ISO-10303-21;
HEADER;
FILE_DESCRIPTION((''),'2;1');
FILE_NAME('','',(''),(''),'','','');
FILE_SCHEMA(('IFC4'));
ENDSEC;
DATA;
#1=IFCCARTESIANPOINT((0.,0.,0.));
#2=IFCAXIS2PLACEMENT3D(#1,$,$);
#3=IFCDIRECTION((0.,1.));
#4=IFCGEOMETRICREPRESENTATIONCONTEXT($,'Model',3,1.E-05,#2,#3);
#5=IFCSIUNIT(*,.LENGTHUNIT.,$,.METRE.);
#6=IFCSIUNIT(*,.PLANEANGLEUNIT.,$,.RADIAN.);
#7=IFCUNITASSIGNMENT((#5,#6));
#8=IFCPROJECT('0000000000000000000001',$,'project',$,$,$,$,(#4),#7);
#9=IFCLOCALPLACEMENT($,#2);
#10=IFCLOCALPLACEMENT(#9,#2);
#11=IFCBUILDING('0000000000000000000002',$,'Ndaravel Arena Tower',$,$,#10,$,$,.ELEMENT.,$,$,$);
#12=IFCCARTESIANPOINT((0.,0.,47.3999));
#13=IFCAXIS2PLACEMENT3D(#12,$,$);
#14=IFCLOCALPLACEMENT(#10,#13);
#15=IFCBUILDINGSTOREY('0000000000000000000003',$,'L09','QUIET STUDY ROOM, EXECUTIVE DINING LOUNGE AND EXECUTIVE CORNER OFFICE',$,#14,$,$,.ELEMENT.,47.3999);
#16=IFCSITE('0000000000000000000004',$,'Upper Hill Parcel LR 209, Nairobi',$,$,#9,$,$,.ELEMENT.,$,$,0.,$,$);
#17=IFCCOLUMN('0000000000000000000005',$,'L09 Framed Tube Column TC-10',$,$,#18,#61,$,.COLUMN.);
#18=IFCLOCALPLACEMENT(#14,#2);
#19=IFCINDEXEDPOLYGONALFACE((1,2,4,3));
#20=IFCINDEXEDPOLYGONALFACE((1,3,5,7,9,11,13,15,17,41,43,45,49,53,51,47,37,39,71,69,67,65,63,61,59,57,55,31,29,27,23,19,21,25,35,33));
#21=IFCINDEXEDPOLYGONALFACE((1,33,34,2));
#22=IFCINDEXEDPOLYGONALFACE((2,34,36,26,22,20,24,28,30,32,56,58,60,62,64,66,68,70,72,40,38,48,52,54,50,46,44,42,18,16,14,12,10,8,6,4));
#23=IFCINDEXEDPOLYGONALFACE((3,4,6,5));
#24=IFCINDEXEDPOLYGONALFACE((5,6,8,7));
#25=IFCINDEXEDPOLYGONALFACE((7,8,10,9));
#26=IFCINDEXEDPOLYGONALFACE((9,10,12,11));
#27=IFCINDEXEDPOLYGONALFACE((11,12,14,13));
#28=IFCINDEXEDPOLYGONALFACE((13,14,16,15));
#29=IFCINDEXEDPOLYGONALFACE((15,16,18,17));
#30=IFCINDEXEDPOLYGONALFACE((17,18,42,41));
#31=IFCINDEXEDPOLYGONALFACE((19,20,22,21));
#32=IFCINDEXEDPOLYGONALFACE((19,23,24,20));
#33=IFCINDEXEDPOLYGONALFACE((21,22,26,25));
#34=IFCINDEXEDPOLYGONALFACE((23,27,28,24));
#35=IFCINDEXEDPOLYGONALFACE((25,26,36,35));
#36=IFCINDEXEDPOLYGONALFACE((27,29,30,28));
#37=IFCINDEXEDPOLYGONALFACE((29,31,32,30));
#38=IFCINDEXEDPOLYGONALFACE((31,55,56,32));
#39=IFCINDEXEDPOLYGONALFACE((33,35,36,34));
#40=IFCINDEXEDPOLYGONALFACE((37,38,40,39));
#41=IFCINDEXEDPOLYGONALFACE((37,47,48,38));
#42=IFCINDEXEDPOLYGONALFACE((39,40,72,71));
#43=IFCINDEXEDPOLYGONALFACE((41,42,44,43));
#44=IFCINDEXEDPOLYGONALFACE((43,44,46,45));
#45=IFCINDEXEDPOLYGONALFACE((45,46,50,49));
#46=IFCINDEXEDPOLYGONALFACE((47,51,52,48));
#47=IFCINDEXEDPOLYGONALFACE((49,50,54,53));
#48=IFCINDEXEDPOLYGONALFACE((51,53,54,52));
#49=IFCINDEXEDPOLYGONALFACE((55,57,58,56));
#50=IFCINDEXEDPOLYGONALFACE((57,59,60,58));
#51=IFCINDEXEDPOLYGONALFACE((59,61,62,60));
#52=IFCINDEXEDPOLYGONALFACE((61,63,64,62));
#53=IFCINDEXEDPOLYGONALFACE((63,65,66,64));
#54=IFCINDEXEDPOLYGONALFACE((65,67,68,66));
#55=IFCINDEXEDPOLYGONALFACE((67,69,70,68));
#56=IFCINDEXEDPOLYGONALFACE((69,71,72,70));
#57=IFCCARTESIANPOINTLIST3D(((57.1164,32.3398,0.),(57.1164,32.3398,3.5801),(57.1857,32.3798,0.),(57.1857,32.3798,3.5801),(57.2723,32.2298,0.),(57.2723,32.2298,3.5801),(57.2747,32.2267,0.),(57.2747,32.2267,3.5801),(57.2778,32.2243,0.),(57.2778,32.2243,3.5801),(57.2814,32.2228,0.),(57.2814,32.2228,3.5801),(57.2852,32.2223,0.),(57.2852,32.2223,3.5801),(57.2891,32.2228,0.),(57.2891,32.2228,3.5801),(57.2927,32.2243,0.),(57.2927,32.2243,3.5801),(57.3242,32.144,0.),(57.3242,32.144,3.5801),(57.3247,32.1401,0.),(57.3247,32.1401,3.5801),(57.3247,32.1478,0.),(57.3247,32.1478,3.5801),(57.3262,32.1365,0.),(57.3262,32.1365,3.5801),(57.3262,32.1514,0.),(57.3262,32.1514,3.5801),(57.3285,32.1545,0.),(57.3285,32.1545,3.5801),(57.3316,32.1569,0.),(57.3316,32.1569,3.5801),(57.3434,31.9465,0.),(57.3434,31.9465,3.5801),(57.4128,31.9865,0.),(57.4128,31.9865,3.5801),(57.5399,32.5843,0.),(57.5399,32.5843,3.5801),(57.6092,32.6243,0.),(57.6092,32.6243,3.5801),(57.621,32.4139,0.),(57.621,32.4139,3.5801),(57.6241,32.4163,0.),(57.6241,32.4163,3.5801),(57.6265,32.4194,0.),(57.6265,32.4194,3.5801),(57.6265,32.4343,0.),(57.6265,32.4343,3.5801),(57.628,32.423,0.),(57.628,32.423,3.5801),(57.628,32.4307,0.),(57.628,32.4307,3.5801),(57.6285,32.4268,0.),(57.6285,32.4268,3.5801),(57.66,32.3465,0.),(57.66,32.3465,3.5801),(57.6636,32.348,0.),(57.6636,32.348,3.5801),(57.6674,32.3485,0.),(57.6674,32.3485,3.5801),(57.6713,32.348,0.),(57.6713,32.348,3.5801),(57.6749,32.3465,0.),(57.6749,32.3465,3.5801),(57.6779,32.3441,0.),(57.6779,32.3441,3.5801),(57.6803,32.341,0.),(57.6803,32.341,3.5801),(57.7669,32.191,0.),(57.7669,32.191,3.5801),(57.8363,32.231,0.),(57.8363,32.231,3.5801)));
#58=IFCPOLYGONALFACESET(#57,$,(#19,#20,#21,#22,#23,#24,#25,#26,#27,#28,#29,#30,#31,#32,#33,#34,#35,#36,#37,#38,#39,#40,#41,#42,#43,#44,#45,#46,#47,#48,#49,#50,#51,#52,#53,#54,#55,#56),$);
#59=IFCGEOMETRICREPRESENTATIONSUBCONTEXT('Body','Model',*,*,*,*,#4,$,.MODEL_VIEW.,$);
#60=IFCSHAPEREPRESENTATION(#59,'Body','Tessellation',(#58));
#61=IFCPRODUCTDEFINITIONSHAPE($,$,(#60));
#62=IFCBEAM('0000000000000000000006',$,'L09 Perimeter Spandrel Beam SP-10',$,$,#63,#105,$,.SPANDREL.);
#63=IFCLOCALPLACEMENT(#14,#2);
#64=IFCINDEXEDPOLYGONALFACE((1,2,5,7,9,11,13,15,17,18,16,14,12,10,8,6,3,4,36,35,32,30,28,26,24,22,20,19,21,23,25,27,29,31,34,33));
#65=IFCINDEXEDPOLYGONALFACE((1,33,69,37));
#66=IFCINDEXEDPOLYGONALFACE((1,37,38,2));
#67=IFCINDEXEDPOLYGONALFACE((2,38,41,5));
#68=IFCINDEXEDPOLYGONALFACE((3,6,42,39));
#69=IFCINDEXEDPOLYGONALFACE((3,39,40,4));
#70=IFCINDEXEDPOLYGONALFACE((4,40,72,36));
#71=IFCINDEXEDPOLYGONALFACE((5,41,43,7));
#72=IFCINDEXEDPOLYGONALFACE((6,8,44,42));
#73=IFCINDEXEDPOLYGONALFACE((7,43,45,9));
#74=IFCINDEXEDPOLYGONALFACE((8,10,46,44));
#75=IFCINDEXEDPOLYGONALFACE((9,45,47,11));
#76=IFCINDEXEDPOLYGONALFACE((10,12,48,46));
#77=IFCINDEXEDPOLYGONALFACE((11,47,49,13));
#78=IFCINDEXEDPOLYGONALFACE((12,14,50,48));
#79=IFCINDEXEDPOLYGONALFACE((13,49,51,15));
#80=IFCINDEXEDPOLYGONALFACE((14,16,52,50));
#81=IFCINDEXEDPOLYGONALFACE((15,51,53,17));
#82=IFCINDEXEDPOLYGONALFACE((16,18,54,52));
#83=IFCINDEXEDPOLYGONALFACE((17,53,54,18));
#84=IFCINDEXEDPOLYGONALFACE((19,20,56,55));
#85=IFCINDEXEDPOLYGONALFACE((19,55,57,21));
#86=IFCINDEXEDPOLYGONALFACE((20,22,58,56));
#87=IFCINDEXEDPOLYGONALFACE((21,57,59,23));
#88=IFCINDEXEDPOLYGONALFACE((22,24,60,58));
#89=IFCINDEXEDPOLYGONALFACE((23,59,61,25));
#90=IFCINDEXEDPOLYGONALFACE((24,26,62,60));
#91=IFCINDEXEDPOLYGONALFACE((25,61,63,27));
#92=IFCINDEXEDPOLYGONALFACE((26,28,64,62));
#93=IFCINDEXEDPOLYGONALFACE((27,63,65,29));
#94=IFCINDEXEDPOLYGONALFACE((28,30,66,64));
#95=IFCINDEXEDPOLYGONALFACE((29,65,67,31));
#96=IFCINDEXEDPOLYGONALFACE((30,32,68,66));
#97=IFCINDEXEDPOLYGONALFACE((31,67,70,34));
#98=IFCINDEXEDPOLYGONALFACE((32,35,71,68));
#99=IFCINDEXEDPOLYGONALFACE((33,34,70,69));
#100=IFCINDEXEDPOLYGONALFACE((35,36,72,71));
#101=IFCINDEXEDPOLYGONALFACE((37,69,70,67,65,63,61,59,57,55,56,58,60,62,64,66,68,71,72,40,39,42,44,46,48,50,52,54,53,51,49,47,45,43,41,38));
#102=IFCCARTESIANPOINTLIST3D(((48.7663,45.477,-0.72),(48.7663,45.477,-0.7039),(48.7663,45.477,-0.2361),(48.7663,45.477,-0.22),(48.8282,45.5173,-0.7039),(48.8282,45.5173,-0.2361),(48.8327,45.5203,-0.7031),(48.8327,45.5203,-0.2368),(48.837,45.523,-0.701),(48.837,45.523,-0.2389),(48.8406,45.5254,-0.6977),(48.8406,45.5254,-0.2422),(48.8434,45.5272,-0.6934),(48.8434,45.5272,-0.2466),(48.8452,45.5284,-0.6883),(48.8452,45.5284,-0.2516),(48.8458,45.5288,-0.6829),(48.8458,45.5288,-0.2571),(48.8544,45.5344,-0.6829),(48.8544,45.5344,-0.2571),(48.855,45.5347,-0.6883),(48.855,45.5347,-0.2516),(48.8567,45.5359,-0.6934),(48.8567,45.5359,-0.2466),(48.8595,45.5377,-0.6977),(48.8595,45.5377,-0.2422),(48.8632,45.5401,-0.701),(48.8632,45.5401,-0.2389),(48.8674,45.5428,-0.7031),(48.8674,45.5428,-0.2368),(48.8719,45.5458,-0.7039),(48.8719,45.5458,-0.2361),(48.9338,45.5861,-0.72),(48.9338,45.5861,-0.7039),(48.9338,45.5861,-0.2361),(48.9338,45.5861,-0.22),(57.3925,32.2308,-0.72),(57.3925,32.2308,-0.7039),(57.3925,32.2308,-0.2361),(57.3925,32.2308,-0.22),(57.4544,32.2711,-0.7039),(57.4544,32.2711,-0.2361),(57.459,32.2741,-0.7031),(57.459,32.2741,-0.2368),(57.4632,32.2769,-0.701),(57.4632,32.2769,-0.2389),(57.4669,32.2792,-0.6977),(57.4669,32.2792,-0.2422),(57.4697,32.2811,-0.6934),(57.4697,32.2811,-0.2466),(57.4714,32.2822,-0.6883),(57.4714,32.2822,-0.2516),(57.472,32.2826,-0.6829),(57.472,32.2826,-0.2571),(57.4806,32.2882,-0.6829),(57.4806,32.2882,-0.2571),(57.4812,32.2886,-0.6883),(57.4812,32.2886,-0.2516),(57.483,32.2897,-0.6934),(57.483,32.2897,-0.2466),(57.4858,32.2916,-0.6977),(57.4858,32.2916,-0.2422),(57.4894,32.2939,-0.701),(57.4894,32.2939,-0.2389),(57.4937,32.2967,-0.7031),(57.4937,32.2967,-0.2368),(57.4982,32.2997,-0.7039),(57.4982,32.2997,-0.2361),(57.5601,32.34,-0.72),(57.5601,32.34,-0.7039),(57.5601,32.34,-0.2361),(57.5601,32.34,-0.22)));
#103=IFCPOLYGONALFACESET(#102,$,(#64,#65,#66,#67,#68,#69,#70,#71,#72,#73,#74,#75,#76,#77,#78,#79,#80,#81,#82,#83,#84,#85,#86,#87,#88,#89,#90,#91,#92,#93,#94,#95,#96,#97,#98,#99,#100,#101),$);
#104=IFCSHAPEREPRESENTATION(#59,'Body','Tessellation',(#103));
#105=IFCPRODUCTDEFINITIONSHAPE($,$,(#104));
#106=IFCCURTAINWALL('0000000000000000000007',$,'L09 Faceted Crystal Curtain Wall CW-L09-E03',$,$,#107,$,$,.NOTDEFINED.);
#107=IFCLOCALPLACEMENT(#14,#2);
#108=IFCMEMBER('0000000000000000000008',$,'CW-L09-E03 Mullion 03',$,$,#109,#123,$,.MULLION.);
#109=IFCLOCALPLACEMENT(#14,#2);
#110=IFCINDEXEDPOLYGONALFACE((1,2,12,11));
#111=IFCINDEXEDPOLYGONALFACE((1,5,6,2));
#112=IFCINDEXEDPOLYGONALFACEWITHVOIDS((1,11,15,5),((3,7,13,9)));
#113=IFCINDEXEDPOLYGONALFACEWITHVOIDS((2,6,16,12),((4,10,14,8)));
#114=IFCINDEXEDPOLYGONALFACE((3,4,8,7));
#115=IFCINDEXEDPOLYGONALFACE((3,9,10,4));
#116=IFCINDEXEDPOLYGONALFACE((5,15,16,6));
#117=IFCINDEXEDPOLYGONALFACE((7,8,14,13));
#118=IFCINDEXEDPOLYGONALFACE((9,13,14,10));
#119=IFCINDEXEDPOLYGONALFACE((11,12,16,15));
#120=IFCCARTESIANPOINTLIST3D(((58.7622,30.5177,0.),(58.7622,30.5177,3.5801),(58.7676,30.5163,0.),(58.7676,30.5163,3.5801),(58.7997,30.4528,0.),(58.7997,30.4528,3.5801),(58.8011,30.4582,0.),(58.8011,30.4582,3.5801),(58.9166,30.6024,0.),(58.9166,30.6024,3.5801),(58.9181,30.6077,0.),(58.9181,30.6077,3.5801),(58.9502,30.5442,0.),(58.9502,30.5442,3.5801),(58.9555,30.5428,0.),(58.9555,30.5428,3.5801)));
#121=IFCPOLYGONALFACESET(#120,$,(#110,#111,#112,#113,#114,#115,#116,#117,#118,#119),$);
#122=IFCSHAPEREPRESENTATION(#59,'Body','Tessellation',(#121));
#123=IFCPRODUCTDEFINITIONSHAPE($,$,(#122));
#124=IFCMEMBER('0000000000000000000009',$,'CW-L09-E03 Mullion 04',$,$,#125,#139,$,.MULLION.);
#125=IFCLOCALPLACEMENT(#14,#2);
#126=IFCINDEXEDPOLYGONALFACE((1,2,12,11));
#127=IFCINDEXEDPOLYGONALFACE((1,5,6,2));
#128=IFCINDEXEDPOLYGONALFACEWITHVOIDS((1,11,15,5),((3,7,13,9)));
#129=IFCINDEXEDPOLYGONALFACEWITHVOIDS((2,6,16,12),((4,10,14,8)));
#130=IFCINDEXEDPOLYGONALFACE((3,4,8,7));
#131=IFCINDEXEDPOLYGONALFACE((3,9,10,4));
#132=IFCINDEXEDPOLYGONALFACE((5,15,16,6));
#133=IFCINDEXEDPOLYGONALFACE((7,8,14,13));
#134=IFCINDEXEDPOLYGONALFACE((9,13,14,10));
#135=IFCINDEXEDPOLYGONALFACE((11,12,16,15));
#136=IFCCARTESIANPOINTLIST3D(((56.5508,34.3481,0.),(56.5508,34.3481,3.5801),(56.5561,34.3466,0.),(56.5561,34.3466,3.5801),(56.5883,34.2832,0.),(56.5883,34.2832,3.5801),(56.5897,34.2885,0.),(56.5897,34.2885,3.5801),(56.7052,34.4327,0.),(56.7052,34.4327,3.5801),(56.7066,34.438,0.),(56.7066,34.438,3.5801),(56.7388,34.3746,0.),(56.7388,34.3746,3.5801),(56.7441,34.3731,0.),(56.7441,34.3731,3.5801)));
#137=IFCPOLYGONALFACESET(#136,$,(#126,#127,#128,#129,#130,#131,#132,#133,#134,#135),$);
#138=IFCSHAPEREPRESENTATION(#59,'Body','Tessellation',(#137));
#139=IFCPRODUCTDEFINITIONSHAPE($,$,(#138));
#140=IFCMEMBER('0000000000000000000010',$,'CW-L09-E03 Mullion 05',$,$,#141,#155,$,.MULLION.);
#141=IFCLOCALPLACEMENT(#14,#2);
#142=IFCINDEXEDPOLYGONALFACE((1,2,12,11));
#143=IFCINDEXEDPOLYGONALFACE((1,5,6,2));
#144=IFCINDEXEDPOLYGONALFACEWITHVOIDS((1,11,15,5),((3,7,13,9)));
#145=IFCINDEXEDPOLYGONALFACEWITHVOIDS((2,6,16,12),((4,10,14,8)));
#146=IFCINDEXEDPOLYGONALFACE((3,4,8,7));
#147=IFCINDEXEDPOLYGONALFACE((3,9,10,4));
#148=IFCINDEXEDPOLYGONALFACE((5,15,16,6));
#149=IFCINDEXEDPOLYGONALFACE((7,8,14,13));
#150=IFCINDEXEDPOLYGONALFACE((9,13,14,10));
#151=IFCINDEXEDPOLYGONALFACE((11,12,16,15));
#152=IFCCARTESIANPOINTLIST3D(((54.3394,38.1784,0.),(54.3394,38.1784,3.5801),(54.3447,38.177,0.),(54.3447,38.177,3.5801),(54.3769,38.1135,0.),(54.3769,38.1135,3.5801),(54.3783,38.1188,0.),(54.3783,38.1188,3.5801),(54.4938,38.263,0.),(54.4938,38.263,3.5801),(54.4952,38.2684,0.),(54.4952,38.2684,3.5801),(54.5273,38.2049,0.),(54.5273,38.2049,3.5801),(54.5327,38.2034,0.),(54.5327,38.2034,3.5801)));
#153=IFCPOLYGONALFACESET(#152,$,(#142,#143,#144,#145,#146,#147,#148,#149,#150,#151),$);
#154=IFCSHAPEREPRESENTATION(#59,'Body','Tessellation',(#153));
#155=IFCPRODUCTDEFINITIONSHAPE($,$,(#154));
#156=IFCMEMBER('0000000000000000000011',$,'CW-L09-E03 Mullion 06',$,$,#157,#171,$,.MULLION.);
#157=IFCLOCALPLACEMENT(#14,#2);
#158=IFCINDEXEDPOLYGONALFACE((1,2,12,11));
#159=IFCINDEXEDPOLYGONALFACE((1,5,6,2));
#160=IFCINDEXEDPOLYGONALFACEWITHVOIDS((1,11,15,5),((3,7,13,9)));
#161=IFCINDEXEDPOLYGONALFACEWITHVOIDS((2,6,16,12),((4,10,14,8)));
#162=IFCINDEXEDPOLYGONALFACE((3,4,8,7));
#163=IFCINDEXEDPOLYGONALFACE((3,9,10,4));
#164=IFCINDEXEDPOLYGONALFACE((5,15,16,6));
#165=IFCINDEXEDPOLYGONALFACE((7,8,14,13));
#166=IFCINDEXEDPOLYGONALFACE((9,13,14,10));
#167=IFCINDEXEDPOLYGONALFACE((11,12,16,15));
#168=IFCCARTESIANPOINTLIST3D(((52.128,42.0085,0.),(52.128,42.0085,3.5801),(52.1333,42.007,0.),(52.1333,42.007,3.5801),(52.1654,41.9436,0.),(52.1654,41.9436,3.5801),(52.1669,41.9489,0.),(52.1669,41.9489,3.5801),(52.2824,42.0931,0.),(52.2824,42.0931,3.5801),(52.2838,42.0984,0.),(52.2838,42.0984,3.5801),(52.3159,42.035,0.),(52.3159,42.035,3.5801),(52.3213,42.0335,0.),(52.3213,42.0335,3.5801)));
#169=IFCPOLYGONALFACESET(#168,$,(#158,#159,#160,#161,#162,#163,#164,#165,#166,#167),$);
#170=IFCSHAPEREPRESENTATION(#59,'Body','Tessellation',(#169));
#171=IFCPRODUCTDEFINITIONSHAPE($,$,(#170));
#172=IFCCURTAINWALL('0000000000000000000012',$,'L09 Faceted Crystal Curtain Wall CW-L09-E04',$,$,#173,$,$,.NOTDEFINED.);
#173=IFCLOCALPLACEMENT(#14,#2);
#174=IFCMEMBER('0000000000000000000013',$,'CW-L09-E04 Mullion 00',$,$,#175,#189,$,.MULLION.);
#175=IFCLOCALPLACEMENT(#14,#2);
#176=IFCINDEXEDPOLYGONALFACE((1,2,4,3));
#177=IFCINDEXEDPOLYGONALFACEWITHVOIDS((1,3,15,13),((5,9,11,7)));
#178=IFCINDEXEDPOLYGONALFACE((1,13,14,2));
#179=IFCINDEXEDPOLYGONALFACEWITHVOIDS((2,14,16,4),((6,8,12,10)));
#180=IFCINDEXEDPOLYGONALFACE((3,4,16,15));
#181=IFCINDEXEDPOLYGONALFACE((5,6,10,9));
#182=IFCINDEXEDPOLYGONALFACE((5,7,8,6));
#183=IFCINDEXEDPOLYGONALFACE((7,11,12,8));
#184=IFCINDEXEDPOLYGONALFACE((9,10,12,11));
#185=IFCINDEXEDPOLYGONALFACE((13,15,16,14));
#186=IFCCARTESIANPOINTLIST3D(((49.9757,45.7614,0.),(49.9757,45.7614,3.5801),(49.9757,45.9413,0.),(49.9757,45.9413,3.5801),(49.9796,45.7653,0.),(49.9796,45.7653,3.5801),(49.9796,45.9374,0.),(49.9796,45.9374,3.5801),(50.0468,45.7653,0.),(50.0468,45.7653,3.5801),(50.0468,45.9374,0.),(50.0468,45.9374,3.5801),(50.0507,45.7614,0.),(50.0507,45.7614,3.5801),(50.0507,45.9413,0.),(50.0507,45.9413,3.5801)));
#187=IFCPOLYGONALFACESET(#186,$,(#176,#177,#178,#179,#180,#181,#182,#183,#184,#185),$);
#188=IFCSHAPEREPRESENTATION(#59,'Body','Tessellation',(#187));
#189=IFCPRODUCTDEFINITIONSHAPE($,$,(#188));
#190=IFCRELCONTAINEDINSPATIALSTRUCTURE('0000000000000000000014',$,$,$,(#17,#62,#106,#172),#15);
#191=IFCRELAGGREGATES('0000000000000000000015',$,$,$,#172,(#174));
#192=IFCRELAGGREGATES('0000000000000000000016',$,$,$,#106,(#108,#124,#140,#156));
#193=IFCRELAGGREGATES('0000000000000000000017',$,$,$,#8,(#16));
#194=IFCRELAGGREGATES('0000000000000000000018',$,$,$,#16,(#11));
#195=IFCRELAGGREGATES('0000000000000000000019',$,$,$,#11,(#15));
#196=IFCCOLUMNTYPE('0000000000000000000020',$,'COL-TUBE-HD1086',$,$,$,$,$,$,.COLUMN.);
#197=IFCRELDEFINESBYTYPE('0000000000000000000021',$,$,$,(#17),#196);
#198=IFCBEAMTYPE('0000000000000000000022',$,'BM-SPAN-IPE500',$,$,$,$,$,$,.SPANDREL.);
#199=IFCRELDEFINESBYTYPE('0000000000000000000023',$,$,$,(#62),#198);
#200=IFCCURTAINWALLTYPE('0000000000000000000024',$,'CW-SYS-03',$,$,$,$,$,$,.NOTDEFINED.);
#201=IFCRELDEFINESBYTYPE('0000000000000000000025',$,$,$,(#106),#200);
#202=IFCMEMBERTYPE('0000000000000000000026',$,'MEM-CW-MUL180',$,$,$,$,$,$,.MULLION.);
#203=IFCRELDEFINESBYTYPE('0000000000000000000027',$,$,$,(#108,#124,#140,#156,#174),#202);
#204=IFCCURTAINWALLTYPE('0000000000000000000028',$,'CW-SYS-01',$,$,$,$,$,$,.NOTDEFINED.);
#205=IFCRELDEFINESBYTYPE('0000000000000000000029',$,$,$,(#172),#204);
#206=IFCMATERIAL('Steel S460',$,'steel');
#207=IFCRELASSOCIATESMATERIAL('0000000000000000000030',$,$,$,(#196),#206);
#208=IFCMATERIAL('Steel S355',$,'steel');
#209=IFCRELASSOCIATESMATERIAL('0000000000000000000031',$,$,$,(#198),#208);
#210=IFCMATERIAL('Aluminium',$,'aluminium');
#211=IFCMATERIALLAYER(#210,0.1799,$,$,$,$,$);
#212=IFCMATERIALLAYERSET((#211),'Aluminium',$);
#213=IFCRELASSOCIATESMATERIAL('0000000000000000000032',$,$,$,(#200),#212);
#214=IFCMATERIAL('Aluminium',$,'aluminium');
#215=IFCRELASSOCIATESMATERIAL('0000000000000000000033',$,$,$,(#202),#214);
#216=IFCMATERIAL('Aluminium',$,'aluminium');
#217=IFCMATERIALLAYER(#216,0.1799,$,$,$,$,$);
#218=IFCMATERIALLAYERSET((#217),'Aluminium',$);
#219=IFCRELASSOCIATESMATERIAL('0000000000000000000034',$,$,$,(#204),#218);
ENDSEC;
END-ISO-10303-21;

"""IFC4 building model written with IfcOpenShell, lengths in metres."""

from ifc_helpers import new_model, si_unit, direction, frame, origin, origin_2d, place, context, subcontext, project, spatial, hollow_rectangle, i_section, extrude, material, layer, layer_set, material_profile, profile_set, type_object, element, aggregate, save


model = new_model("IFC4")

# Units and contexts
model_context = context("Model", 3, precision=1e-05, world=origin(), true_north=direction((0.0, 1.0)))
body_context = subcontext(model_context, "Body", "Model", "MODEL_VIEW")
ifc_project = project(units=[si_unit("LENGTHUNIT", "METRE"), si_unit("PLANEANGLEUNIT", "RADIAN")], contexts=[model_context])

# Site, building, storey
site_placement = place(None, origin())
site = spatial("IfcSite", under=ifc_project, at=site_placement, Name="Upper Hill Parcel LR 209, Nairobi", CompositionType="ELEMENT", RefElevation=0.0)
building_placement = place(site_placement, origin())
building = spatial("IfcBuilding", under=site, at=building_placement, Name="Ndaravel Arena Tower", CompositionType="ELEMENT")
storey_placement = place(building_placement, frame((0.0, 0.0, 47.3999)))
storey = spatial("IfcBuildingStorey", under=building, at=storey_placement, Name="L09", Description="QUIET STUDY ROOM, EXECUTIVE DINING LOUNGE AND EXECUTIVE CORNER OFFICE", CompositionType="ELEMENT", Elevation=47.3999)

# Column
ifc_material_1 = material(Name="Steel S460", Category="steel")
ifc_material_profile_1 = material_profile(ifc_material_1, i_section(OverallWidth=0.4541, OverallDepth=0.5691, WebThickness=0.0779, FlangeThickness=0.0801, FilletRadius=0.0149, at=origin_2d()), Name="HD 400x1086")
ifc_profile_set_1 = profile_set([ifc_material_profile_1], Name="Steel S460")
column_type = type_object("IfcColumnType", Name="COL-TUBE-HD1086", PredefinedType="COLUMN", material=ifc_profile_set_1)
column_placement = place(storey_placement, frame((57.4763, 32.2854, 0.0), z_axis=(0.0, 0.0, 1.0), x_axis=(-0.5, 0.866025, 0.0)))
element("IfcColumn", 1, at=column_placement, inside=storey, type_object=column_type, Name="L09 Framed Tube Column TC-10", PredefinedType="COLUMN", context=body_context, shape_type="SweptSolid", body=[
    extrude(i_section(OverallWidth=0.4541, OverallDepth=0.5691, WebThickness=0.0779, FlangeThickness=0.0801, FilletRadius=0.0149, at=origin_2d()), origin(), (0.0, 0.0, 1.0), 3.5801),
])

# Beam
ifc_material_2 = material(Name="Steel S355", Category="steel")
ifc_material_profile_2 = material_profile(ifc_material_2, i_section(OverallWidth=0.2, OverallDepth=0.5, WebThickness=0.0103, FlangeThickness=0.0161, FilletRadius=0.021, at=origin_2d()), Name="IPE 500")
ifc_profile_set_2 = profile_set([ifc_material_profile_2], Name="Steel S355")
beam_type = type_object("IfcBeamType", Name="BM-SPAN-IPE500", PredefinedType="SPANDREL", material=ifc_profile_set_2)
beam_placement = place(storey_placement, frame((57.4763, 32.2854, -0.47), z_axis=(-0.545711, 0.837973, 0.0), x_axis=(-0.837973, -0.545711, 0.0)))
element("IfcBeam", 2, at=beam_placement, inside=storey, type_object=beam_type, Name="L09 Perimeter Spandrel Beam SP-10", PredefinedType="SPANDREL", context=body_context, shape_type="SweptSolid", body=[
    extrude(i_section(OverallWidth=0.2, OverallDepth=0.5, WebThickness=0.0103, FlangeThickness=0.0161, FilletRadius=0.021, at=origin_2d()), origin(), (0.0, 0.0, 1.0), 15.8074),
])

# Curtain walls, members
ifc_material_3 = material(Name="Aluminium", Category="aluminium")
ifc_layer_1 = layer(ifc_material_3, 0.1799)
ifc_layer_set_1 = layer_set([ifc_layer_1], Name="Aluminium")
curtain_wall_type_1 = type_object("IfcCurtainWallType", Name="CW-SYS-03", PredefinedType="NOTDEFINED", material=ifc_layer_set_1)
curtain_wall_1_placement = place(storey_placement, origin())
curtain_wall_1 = element("IfcCurtainWall", 3, at=curtain_wall_1_placement, inside=storey, type_object=curtain_wall_type_1, Name="L09 Faceted Crystal Curtain Wall CW-L09-E03", PredefinedType="NOTDEFINED")
ifc_material_4 = material(Name="Aluminium", Category="aluminium")
ifc_material_profile_3 = material_profile(ifc_material_4, hollow_rectangle(XDim=0.075, YDim=0.1799, WallThickness=0.0039, at=origin_2d()), Name="CW MULLION 75x180x4")
ifc_profile_set_3 = profile_set([ifc_material_profile_3], Name="Aluminium")
member_type_1 = type_object("IfcMemberType", Name="MEM-CW-MUL180", PredefinedType="MULLION", material=ifc_profile_set_3)
member_1_placement = place(storey_placement, frame((58.8589, 30.5303, 0.0), z_axis=(0.0, 0.0, 1.0), x_axis=(-0.5, 0.866025, 0.0)))
member_1 = element("IfcMember", 4, at=member_1_placement, type_object=member_type_1, Name="CW-L09-E03 Mullion 03", PredefinedType="MULLION", context=body_context, shape_type="SweptSolid", body=[
    extrude(hollow_rectangle(XDim=0.075, YDim=0.1799, WallThickness=0.0039, at=origin_2d()), origin(), (0.0, 0.0, 1.0), 3.5801),
])
member_2_placement = place(storey_placement, frame((56.6475, 34.3606, 0.0), z_axis=(0.0, 0.0, 1.0), x_axis=(-0.5, 0.866025, 0.0)))
member_2 = element("IfcMember", 5, at=member_2_placement, type_object=member_type_1, Name="CW-L09-E03 Mullion 04", PredefinedType="MULLION", context=body_context, shape_type="SweptSolid", body=[
    extrude(hollow_rectangle(XDim=0.075, YDim=0.1799, WallThickness=0.0039, at=origin_2d()), origin(), (0.0, 0.0, 1.0), 3.5801),
])
member_3_placement = place(storey_placement, frame((54.436, 38.1909, 0.0), z_axis=(0.0, 0.0, 1.0), x_axis=(-0.5, 0.866025, 0.0)))
member_3 = element("IfcMember", 6, at=member_3_placement, type_object=member_type_1, Name="CW-L09-E03 Mullion 05", PredefinedType="MULLION", context=body_context, shape_type="SweptSolid", body=[
    extrude(hollow_rectangle(XDim=0.075, YDim=0.1799, WallThickness=0.0039, at=origin_2d()), origin(), (0.0, 0.0, 1.0), 3.5801),
])
member_4_placement = place(storey_placement, frame((52.2246, 42.021, 0.0), z_axis=(0.0, 0.0, 1.0), x_axis=(-0.5, 0.866025, 0.0)))
member_4 = element("IfcMember", 7, at=member_4_placement, type_object=member_type_1, Name="CW-L09-E03 Mullion 06", PredefinedType="MULLION", context=body_context, shape_type="SweptSolid", body=[
    extrude(hollow_rectangle(XDim=0.075, YDim=0.1799, WallThickness=0.0039, at=origin_2d()), origin(), (0.0, 0.0, 1.0), 3.5801),
])
ifc_material_5 = material(Name="Aluminium", Category="aluminium")
ifc_layer_2 = layer(ifc_material_5, 0.1799)
ifc_layer_set_2 = layer_set([ifc_layer_2], Name="Aluminium")
curtain_wall_type_2 = type_object("IfcCurtainWallType", Name="CW-SYS-01", PredefinedType="NOTDEFINED", material=ifc_layer_set_2)
curtain_wall_2_placement = place(storey_placement, origin())
curtain_wall_2 = element("IfcCurtainWall", 8, at=curtain_wall_2_placement, inside=storey, type_object=curtain_wall_type_2, Name="L09 Faceted Crystal Curtain Wall CW-L09-E04", PredefinedType="NOTDEFINED")
member_5_placement = place(storey_placement, frame((50.0132, 45.8513, 0.0), z_axis=(0.0, 0.0, 1.0), x_axis=(-1.0, 0.0, 0.0)))
member_5 = element("IfcMember", 9, at=member_5_placement, type_object=member_type_1, Name="CW-L09-E04 Mullion 00", PredefinedType="MULLION", context=body_context, shape_type="SweptSolid", body=[
    extrude(hollow_rectangle(XDim=0.075, YDim=0.1799, WallThickness=0.0039, at=origin_2d()), origin(), (0.0, 0.0, 1.0), 3.5801),
])
aggregate(curtain_wall_2, [member_5])

aggregate(curtain_wall_1, [member_1, member_2, member_3, member_4])

save(model, "model.ifc")
